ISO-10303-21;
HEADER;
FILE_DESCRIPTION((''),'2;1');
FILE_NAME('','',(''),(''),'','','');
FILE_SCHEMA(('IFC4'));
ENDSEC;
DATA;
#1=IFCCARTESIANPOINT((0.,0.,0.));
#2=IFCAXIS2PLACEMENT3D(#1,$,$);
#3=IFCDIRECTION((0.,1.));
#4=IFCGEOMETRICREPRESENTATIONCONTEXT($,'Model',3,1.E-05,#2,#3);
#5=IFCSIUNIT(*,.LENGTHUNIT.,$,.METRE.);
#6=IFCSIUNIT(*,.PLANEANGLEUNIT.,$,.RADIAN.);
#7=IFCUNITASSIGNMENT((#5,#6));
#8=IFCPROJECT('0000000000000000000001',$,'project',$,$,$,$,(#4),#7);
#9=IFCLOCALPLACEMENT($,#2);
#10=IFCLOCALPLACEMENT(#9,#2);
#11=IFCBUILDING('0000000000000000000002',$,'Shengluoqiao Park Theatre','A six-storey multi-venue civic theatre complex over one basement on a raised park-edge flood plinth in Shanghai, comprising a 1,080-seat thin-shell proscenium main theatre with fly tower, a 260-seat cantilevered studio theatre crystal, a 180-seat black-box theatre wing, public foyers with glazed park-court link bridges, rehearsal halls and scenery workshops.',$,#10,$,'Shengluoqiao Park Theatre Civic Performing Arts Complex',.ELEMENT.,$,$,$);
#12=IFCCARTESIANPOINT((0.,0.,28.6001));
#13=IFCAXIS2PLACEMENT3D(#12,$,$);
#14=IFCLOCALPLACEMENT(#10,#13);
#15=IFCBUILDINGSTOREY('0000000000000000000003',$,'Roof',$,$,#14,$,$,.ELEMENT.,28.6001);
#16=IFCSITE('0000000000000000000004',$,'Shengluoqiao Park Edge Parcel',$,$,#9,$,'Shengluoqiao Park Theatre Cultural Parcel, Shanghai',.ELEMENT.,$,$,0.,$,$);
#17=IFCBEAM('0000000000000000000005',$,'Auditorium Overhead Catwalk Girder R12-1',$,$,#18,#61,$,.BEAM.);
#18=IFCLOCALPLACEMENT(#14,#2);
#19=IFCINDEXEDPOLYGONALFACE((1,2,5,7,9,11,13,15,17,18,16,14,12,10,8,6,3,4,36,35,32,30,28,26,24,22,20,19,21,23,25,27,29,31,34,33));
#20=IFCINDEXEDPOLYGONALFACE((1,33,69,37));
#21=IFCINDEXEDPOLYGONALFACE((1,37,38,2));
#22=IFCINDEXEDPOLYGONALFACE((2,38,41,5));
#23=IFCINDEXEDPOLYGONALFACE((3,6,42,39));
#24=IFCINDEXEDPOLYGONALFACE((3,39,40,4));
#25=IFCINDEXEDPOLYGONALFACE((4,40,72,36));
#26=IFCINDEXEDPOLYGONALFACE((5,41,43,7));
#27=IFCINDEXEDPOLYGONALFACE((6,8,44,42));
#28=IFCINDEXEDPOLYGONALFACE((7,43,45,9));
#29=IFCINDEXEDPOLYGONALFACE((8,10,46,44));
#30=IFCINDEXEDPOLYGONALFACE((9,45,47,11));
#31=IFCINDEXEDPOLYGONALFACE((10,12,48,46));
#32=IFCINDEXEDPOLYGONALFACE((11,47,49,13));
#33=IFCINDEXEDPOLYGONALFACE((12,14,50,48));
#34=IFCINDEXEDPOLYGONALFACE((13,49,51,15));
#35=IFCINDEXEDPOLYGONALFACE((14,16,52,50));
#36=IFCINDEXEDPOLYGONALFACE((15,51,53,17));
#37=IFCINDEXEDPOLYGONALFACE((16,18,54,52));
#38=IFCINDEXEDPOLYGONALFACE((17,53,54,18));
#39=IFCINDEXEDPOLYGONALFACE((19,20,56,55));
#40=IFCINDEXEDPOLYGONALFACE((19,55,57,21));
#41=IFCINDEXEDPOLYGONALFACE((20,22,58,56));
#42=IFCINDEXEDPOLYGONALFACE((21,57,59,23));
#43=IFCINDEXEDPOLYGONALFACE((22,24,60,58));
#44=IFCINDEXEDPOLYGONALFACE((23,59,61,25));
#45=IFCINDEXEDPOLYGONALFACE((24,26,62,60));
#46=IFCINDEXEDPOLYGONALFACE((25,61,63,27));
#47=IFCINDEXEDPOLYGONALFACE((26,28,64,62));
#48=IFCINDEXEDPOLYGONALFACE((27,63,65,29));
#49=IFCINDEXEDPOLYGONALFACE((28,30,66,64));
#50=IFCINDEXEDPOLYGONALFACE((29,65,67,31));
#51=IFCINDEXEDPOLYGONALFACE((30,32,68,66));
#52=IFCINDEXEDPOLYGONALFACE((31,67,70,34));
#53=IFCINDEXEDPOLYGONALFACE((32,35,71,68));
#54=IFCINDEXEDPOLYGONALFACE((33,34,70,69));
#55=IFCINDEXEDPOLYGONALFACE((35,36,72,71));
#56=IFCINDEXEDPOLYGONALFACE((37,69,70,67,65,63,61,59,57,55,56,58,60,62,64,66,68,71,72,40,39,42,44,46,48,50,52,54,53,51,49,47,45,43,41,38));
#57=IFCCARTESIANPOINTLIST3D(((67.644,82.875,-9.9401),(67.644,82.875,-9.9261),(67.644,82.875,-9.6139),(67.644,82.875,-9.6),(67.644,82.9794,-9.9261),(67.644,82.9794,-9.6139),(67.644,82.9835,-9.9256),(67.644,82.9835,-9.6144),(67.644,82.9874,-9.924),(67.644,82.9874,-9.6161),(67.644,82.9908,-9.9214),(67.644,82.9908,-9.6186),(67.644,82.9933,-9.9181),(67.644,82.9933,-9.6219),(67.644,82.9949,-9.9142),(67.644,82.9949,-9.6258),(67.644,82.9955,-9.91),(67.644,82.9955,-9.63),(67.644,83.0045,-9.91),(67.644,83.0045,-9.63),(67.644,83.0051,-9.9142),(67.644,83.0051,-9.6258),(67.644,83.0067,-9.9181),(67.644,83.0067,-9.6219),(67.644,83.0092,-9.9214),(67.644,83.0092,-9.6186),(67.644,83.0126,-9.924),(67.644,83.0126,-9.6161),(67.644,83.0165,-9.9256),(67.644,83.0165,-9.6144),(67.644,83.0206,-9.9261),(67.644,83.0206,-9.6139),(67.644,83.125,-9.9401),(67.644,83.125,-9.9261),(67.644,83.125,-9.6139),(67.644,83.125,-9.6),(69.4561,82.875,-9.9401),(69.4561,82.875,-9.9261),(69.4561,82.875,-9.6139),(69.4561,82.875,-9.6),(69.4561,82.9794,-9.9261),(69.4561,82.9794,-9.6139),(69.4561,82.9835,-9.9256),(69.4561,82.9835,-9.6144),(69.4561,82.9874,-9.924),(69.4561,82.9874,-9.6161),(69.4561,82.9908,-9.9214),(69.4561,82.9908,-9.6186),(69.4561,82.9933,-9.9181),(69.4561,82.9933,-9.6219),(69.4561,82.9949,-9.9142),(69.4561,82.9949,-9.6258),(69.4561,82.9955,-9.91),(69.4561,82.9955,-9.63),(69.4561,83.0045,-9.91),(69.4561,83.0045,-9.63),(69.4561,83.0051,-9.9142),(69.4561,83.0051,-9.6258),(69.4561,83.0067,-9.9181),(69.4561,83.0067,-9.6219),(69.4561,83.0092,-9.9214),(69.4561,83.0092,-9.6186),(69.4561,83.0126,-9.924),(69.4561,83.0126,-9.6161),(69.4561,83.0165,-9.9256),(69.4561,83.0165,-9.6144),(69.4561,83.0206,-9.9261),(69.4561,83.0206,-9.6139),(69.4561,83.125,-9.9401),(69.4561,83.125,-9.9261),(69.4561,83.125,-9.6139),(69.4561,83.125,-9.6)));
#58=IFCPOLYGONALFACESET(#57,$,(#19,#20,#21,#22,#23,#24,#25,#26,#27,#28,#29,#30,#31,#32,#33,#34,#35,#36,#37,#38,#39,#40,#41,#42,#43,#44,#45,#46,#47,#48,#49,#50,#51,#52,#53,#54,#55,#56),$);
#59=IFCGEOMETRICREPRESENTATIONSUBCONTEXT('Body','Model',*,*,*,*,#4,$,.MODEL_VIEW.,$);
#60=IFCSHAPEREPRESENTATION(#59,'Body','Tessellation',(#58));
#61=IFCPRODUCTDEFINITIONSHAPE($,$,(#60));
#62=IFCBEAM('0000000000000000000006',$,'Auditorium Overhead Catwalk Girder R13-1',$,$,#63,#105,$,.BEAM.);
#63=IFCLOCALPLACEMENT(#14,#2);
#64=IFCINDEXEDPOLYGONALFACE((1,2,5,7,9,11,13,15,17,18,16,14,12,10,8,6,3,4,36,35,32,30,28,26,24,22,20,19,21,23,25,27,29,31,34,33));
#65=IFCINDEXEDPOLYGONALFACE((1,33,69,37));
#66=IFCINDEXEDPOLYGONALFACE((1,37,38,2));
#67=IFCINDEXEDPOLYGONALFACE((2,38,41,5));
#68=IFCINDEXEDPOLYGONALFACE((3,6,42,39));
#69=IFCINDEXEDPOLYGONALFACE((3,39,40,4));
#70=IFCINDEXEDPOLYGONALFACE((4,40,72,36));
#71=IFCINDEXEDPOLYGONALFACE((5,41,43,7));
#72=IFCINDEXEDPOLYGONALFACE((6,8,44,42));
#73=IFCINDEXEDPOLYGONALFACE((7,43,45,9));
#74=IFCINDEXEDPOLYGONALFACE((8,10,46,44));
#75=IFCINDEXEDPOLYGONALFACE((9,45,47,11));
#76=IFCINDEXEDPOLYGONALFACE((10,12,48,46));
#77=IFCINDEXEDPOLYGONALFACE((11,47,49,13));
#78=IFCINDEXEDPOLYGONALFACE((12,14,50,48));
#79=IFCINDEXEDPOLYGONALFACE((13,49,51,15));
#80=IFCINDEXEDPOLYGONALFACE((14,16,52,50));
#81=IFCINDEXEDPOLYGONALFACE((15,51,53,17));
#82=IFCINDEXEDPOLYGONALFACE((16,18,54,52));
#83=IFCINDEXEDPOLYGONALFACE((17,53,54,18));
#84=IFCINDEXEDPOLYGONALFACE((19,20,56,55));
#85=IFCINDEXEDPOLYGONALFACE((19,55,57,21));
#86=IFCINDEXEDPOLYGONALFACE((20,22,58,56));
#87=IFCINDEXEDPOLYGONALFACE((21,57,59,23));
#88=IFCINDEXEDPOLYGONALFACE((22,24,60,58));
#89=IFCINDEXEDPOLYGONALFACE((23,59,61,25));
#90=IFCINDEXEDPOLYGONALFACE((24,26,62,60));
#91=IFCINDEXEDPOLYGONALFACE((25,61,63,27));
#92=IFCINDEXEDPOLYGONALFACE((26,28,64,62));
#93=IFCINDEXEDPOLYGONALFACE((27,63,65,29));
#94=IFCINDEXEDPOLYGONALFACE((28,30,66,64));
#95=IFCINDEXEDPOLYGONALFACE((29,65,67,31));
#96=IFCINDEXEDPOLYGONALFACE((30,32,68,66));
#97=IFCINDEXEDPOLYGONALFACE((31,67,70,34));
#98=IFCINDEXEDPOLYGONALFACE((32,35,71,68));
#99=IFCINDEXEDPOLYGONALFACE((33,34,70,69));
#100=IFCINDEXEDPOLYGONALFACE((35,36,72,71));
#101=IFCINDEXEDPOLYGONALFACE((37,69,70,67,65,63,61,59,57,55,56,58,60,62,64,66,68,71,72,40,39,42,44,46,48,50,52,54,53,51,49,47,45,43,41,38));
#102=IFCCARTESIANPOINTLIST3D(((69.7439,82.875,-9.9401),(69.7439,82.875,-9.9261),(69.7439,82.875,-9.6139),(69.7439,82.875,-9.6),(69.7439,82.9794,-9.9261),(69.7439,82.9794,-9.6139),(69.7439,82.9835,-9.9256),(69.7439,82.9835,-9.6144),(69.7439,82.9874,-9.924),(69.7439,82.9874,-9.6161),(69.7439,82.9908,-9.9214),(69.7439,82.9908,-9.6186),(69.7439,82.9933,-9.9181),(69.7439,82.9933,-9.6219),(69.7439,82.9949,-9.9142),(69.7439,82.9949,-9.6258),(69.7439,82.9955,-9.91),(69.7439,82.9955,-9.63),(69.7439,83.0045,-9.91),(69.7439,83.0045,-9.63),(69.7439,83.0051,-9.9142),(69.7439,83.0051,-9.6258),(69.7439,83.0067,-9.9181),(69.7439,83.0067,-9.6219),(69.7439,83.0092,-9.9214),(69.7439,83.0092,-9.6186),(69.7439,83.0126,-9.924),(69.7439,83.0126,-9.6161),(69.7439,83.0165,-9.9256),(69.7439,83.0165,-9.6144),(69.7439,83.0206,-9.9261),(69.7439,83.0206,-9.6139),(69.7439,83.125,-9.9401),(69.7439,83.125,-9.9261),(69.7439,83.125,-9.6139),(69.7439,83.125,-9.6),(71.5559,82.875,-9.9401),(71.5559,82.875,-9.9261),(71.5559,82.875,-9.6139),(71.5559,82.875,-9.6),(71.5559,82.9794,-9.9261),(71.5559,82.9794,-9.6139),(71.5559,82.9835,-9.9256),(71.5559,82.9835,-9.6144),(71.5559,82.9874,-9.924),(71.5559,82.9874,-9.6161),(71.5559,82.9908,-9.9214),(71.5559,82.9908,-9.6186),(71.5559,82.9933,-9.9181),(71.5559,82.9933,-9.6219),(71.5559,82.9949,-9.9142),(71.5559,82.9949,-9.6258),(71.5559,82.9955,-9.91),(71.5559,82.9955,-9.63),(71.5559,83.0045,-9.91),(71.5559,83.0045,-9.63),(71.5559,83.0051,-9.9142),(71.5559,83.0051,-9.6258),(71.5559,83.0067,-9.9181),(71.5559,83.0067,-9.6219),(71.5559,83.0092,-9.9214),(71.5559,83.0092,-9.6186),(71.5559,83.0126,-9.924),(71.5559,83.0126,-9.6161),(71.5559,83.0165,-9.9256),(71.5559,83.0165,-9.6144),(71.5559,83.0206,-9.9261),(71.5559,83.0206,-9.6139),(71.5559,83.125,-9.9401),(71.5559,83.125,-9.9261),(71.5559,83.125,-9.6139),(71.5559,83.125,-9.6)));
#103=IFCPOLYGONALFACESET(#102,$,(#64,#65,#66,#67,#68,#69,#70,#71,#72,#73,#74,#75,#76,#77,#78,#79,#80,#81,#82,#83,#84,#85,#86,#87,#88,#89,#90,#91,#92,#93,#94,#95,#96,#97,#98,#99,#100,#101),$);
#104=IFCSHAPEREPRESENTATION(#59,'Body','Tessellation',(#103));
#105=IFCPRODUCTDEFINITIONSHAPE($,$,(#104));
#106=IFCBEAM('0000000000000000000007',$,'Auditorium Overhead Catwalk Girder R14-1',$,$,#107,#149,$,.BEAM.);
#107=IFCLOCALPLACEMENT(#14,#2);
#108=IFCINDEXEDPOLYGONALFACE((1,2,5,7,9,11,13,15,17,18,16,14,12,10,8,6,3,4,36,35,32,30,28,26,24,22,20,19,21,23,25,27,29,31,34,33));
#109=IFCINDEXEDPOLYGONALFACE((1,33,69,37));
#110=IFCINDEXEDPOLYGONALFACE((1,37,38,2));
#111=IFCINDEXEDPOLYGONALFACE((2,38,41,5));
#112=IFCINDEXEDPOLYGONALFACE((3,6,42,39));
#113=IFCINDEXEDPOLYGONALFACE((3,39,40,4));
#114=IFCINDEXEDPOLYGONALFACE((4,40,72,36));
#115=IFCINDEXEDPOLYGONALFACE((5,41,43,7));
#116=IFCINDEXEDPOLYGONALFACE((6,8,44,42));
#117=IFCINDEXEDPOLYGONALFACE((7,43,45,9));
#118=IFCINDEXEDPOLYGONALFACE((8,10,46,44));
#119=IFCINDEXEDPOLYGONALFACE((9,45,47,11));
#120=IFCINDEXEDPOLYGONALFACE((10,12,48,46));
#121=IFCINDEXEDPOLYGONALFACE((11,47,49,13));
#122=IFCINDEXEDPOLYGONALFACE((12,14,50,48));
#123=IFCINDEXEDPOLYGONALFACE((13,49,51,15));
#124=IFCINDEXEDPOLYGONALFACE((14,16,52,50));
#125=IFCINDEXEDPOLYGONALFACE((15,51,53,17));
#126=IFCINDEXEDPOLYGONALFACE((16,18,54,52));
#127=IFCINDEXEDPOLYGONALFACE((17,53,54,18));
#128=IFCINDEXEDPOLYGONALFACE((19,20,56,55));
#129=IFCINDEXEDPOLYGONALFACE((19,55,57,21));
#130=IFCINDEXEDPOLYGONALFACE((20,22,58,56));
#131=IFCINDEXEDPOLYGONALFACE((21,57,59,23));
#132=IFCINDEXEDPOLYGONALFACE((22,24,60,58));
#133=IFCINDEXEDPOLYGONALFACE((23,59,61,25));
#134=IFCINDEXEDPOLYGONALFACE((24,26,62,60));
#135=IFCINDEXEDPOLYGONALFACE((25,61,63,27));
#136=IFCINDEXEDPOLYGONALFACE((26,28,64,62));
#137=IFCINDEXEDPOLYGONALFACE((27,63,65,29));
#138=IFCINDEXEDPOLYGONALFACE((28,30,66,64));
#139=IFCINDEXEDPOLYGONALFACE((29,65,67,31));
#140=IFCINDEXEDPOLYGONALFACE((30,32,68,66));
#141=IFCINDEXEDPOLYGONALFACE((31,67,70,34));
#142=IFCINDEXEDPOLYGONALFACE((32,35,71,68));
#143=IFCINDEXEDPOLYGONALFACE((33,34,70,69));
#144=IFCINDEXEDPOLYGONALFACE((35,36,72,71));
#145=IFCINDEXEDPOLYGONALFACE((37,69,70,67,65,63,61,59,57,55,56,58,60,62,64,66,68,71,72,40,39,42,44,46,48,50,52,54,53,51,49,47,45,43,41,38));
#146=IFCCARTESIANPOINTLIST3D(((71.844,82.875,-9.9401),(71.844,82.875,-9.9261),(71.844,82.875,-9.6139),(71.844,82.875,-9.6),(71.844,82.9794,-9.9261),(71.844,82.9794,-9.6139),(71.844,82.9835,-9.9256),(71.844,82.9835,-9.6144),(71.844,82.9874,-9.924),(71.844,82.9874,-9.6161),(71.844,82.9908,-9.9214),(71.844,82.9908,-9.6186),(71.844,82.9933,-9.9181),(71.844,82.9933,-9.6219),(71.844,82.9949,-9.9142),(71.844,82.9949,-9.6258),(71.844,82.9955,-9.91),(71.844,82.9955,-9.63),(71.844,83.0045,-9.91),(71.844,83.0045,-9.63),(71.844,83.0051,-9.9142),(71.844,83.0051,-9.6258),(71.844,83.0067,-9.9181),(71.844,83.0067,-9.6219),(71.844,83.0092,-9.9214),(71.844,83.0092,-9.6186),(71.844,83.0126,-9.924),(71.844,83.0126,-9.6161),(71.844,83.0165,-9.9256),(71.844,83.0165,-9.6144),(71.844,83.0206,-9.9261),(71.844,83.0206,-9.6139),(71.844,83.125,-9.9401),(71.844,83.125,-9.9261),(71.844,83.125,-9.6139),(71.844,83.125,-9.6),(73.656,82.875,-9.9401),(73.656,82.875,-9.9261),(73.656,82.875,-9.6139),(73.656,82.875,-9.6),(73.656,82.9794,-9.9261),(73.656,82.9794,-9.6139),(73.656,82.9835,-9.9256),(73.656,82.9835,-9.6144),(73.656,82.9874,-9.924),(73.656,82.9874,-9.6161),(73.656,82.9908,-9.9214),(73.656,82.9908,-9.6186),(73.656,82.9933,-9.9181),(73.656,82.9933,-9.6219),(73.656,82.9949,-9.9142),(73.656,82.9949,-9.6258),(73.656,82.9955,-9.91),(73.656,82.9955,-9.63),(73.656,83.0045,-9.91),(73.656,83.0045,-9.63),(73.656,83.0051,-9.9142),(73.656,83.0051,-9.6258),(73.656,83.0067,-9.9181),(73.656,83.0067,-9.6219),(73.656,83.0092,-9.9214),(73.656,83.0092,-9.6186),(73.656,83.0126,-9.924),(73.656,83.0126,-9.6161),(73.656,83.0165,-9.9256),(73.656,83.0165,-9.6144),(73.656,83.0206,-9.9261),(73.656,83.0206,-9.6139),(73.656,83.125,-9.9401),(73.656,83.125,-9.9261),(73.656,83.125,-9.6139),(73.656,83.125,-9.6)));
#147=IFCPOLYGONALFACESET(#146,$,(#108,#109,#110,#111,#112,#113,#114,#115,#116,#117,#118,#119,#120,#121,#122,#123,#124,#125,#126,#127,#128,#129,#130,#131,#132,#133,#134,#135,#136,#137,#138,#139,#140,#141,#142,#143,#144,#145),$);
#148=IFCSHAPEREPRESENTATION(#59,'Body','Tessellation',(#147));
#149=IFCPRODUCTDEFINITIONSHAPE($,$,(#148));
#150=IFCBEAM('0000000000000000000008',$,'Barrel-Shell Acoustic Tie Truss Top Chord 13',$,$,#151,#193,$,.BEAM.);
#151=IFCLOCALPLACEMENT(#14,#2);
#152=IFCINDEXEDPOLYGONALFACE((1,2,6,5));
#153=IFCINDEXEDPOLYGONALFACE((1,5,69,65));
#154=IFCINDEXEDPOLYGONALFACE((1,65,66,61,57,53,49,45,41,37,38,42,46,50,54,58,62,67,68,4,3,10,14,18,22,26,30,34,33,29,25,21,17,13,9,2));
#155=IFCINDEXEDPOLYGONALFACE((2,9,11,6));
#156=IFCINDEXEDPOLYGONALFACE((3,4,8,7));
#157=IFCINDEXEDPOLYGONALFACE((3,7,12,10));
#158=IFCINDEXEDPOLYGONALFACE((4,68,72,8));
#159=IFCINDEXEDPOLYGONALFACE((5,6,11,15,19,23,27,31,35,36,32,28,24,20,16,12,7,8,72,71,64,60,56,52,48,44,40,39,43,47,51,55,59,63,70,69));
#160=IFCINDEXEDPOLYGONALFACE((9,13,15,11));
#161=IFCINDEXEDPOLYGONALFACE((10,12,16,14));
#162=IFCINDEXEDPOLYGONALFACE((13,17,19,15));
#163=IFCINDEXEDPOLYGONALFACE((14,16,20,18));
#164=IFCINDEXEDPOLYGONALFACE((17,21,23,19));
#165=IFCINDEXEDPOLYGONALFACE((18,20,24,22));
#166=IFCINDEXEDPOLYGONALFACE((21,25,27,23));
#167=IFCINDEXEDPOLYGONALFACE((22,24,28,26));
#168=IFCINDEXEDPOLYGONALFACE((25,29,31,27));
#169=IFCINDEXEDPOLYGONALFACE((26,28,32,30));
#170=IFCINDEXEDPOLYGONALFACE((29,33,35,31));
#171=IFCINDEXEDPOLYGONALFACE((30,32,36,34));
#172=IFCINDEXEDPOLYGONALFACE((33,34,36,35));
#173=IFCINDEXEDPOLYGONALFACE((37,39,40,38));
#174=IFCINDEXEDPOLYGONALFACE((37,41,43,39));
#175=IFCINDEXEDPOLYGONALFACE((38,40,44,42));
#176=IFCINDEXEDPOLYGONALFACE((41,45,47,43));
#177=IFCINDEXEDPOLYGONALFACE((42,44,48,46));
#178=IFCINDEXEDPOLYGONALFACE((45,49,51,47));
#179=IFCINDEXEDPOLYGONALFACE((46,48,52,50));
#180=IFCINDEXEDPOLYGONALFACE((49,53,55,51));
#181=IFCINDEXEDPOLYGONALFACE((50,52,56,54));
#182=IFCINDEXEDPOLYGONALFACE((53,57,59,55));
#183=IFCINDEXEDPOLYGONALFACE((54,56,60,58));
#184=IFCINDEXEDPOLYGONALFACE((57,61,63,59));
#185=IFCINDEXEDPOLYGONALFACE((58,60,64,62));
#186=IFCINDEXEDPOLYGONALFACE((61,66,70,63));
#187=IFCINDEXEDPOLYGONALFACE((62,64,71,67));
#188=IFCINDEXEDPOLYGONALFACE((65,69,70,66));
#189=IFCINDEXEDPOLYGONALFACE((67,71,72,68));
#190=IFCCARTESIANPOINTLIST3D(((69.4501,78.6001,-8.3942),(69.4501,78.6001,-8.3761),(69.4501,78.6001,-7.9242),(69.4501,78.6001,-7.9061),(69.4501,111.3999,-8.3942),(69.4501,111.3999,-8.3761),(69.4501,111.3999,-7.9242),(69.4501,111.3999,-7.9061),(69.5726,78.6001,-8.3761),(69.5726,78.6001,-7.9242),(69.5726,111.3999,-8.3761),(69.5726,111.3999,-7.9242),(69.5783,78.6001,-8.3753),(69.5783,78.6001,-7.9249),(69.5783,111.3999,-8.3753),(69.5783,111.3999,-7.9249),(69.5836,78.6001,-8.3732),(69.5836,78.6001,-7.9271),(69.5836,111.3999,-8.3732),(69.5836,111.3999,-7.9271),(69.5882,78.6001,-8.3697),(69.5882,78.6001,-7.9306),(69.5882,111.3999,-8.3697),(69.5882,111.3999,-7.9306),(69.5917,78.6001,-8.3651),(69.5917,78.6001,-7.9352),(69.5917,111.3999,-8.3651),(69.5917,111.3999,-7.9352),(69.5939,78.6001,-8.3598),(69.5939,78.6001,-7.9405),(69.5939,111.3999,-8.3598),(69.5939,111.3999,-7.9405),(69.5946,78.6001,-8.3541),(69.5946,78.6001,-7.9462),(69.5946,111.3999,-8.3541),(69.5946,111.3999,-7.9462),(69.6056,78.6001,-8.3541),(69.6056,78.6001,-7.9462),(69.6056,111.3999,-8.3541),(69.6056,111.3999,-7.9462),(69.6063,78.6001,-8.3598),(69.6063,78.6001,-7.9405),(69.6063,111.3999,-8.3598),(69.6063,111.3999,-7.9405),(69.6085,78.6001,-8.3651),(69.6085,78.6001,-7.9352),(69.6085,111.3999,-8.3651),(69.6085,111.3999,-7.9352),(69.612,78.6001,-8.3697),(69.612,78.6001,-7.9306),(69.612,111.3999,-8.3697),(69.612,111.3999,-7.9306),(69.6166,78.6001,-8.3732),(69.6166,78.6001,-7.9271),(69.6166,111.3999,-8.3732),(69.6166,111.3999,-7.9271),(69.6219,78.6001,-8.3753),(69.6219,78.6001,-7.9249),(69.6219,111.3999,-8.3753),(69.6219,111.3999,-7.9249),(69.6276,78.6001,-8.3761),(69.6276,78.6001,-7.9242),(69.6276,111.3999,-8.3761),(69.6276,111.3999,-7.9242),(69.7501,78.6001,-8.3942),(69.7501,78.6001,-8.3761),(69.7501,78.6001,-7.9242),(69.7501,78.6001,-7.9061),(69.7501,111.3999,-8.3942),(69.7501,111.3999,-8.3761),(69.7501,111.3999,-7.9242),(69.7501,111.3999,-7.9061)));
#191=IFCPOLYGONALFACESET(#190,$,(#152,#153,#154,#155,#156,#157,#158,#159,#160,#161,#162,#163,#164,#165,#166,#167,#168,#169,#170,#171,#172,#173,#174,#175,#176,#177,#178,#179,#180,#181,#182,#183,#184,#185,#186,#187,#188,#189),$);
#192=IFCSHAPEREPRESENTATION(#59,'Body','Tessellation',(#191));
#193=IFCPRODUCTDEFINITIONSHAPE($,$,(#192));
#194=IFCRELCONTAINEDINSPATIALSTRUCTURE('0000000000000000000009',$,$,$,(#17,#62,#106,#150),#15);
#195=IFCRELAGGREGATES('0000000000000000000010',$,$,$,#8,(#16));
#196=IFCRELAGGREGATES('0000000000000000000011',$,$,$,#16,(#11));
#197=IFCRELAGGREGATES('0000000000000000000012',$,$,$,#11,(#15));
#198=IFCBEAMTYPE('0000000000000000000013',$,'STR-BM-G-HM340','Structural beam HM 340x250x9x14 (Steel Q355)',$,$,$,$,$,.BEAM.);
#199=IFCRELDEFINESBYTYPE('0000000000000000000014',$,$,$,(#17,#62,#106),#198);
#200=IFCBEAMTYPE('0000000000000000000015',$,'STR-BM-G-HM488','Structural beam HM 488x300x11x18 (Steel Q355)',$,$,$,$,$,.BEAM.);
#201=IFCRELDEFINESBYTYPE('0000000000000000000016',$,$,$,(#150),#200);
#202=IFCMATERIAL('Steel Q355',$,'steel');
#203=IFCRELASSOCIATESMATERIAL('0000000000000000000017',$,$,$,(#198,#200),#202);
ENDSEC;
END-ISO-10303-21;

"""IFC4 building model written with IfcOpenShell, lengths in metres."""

from ifc_helpers import new_model, si_unit, direction, frame, origin, origin_2d, place, context, subcontext, project, spatial, i_section, extrude, material, material_profile, profile_set, type_object, element, save


model = new_model("IFC4")

# Units and contexts
model_context = context("Model", 3, precision=1e-05, world=origin(), true_north=direction((0.0, 1.0)))
body_context = subcontext(model_context, "Body", "Model", "MODEL_VIEW")
ifc_project = project(units=[si_unit("LENGTHUNIT", "METRE"), si_unit("PLANEANGLEUNIT", "RADIAN")], contexts=[model_context])

# Site, building, storey
site_placement = place(None, origin())
site = spatial("IfcSite", under=ifc_project, at=site_placement, Name="Shengluoqiao Park Edge Parcel", LongName="Shengluoqiao Park Theatre Cultural Parcel, Shanghai", CompositionType="ELEMENT", RefElevation=0.0)
building_placement = place(site_placement, origin())
building = spatial("IfcBuilding", under=site, at=building_placement, Name="Shengluoqiao Park Theatre", Description="A six-storey multi-venue civic theatre complex over one basement on a raised park-edge flood plinth in Shanghai, comprising a 1,080-seat thin-shell proscenium main theatre with fly tower, a 260-seat cantilevered studio theatre crystal, a 180-seat black-box theatre wing, public foyers with glazed park-court link bridges, rehearsal halls and scenery workshops.", LongName="Shengluoqiao Park Theatre Civic Performing Arts Complex", CompositionType="ELEMENT")
storey_placement = place(building_placement, frame((0.0, 0.0, 28.6001)))
storey = spatial("IfcBuildingStorey", under=building, at=storey_placement, Name="Roof", CompositionType="ELEMENT", Elevation=28.6001)

# Beams
ifc_material = material(Name="Steel Q355", Category="steel")
ifc_material_profile_1 = material_profile(ifc_material, i_section(OverallWidth=0.25, OverallDepth=0.3401, WebThickness=0.009, FlangeThickness=0.0139, FilletRadius=0.0161, at=origin_2d()), Name="HM 340x250x9x14")
ifc_profile_set_1 = profile_set([ifc_material_profile_1], Name="Steel Q355")
beam_type_1 = type_object("IfcBeamType", Name="STR-BM-G-HM340", Description="Structural beam HM 340x250x9x14 (Steel Q355)", PredefinedType="BEAM", material=ifc_profile_set_1)
for number, where, z_axis, x_axis, name in (
    (1, (67.644, 83.0, -9.77), (1.0, 0.0, 0.0), (0.0, 1.0, 0.0), "Auditorium Overhead Catwalk Girder R12-1"),
    (2, (69.7439, 83.0, -9.77), (1.0, 0.0, 0.0), (0.0, 1.0, 0.0), "Auditorium Overhead Catwalk Girder R13-1"),
    (3, (71.844, 83.0, -9.77), (1.0, 0.0, 0.0), (0.0, 1.0, 0.0), "Auditorium Overhead Catwalk Girder R14-1"),
):
    element("IfcBeam", number, at=place(storey_placement, frame(where, z_axis=z_axis, x_axis=x_axis)), inside=storey, type_object=beam_type_1, Name=name, PredefinedType="BEAM", context=body_context, shape_type="SweptSolid", body=[
        extrude(i_section(OverallWidth=0.25, OverallDepth=0.3401, WebThickness=0.009, FlangeThickness=0.0139, FilletRadius=0.0161, at=origin_2d()), origin(), (0.0, 0.0, 1.0), 1.812),
    ])
ifc_material_profile_2 = material_profile(ifc_material, i_section(OverallWidth=0.3, OverallDepth=0.488, WebThickness=0.011, FlangeThickness=0.0181, FilletRadius=0.022, at=origin_2d()), Name="HM 488x300x11x18")
ifc_profile_set_2 = profile_set([ifc_material_profile_2], Name="Steel Q355")
beam_type_2 = type_object("IfcBeamType", Name="STR-BM-G-HM488", Description="Structural beam HM 488x300x11x18 (Steel Q355)", PredefinedType="BEAM", material=ifc_profile_set_2)
for number, where, z_axis, x_axis, name in (
    (4, (69.6001, 78.6001, -8.1501), (0.0, 1.0, 0.0), (-1.0, 0.0, 0.0), "Barrel-Shell Acoustic Tie Truss Top Chord 13"),
):
    element("IfcBeam", number, at=place(storey_placement, frame(where, z_axis=z_axis, x_axis=x_axis)), inside=storey, type_object=beam_type_2, Name=name, PredefinedType="BEAM", context=body_context, shape_type="SweptSolid", body=[
        extrude(i_section(OverallWidth=0.3, OverallDepth=0.488, WebThickness=0.011, FlangeThickness=0.0181, FilletRadius=0.022, at=origin_2d()), origin(), (0.0, 0.0, 1.0), 32.7998),
    ])

save(model, "model.ifc")
